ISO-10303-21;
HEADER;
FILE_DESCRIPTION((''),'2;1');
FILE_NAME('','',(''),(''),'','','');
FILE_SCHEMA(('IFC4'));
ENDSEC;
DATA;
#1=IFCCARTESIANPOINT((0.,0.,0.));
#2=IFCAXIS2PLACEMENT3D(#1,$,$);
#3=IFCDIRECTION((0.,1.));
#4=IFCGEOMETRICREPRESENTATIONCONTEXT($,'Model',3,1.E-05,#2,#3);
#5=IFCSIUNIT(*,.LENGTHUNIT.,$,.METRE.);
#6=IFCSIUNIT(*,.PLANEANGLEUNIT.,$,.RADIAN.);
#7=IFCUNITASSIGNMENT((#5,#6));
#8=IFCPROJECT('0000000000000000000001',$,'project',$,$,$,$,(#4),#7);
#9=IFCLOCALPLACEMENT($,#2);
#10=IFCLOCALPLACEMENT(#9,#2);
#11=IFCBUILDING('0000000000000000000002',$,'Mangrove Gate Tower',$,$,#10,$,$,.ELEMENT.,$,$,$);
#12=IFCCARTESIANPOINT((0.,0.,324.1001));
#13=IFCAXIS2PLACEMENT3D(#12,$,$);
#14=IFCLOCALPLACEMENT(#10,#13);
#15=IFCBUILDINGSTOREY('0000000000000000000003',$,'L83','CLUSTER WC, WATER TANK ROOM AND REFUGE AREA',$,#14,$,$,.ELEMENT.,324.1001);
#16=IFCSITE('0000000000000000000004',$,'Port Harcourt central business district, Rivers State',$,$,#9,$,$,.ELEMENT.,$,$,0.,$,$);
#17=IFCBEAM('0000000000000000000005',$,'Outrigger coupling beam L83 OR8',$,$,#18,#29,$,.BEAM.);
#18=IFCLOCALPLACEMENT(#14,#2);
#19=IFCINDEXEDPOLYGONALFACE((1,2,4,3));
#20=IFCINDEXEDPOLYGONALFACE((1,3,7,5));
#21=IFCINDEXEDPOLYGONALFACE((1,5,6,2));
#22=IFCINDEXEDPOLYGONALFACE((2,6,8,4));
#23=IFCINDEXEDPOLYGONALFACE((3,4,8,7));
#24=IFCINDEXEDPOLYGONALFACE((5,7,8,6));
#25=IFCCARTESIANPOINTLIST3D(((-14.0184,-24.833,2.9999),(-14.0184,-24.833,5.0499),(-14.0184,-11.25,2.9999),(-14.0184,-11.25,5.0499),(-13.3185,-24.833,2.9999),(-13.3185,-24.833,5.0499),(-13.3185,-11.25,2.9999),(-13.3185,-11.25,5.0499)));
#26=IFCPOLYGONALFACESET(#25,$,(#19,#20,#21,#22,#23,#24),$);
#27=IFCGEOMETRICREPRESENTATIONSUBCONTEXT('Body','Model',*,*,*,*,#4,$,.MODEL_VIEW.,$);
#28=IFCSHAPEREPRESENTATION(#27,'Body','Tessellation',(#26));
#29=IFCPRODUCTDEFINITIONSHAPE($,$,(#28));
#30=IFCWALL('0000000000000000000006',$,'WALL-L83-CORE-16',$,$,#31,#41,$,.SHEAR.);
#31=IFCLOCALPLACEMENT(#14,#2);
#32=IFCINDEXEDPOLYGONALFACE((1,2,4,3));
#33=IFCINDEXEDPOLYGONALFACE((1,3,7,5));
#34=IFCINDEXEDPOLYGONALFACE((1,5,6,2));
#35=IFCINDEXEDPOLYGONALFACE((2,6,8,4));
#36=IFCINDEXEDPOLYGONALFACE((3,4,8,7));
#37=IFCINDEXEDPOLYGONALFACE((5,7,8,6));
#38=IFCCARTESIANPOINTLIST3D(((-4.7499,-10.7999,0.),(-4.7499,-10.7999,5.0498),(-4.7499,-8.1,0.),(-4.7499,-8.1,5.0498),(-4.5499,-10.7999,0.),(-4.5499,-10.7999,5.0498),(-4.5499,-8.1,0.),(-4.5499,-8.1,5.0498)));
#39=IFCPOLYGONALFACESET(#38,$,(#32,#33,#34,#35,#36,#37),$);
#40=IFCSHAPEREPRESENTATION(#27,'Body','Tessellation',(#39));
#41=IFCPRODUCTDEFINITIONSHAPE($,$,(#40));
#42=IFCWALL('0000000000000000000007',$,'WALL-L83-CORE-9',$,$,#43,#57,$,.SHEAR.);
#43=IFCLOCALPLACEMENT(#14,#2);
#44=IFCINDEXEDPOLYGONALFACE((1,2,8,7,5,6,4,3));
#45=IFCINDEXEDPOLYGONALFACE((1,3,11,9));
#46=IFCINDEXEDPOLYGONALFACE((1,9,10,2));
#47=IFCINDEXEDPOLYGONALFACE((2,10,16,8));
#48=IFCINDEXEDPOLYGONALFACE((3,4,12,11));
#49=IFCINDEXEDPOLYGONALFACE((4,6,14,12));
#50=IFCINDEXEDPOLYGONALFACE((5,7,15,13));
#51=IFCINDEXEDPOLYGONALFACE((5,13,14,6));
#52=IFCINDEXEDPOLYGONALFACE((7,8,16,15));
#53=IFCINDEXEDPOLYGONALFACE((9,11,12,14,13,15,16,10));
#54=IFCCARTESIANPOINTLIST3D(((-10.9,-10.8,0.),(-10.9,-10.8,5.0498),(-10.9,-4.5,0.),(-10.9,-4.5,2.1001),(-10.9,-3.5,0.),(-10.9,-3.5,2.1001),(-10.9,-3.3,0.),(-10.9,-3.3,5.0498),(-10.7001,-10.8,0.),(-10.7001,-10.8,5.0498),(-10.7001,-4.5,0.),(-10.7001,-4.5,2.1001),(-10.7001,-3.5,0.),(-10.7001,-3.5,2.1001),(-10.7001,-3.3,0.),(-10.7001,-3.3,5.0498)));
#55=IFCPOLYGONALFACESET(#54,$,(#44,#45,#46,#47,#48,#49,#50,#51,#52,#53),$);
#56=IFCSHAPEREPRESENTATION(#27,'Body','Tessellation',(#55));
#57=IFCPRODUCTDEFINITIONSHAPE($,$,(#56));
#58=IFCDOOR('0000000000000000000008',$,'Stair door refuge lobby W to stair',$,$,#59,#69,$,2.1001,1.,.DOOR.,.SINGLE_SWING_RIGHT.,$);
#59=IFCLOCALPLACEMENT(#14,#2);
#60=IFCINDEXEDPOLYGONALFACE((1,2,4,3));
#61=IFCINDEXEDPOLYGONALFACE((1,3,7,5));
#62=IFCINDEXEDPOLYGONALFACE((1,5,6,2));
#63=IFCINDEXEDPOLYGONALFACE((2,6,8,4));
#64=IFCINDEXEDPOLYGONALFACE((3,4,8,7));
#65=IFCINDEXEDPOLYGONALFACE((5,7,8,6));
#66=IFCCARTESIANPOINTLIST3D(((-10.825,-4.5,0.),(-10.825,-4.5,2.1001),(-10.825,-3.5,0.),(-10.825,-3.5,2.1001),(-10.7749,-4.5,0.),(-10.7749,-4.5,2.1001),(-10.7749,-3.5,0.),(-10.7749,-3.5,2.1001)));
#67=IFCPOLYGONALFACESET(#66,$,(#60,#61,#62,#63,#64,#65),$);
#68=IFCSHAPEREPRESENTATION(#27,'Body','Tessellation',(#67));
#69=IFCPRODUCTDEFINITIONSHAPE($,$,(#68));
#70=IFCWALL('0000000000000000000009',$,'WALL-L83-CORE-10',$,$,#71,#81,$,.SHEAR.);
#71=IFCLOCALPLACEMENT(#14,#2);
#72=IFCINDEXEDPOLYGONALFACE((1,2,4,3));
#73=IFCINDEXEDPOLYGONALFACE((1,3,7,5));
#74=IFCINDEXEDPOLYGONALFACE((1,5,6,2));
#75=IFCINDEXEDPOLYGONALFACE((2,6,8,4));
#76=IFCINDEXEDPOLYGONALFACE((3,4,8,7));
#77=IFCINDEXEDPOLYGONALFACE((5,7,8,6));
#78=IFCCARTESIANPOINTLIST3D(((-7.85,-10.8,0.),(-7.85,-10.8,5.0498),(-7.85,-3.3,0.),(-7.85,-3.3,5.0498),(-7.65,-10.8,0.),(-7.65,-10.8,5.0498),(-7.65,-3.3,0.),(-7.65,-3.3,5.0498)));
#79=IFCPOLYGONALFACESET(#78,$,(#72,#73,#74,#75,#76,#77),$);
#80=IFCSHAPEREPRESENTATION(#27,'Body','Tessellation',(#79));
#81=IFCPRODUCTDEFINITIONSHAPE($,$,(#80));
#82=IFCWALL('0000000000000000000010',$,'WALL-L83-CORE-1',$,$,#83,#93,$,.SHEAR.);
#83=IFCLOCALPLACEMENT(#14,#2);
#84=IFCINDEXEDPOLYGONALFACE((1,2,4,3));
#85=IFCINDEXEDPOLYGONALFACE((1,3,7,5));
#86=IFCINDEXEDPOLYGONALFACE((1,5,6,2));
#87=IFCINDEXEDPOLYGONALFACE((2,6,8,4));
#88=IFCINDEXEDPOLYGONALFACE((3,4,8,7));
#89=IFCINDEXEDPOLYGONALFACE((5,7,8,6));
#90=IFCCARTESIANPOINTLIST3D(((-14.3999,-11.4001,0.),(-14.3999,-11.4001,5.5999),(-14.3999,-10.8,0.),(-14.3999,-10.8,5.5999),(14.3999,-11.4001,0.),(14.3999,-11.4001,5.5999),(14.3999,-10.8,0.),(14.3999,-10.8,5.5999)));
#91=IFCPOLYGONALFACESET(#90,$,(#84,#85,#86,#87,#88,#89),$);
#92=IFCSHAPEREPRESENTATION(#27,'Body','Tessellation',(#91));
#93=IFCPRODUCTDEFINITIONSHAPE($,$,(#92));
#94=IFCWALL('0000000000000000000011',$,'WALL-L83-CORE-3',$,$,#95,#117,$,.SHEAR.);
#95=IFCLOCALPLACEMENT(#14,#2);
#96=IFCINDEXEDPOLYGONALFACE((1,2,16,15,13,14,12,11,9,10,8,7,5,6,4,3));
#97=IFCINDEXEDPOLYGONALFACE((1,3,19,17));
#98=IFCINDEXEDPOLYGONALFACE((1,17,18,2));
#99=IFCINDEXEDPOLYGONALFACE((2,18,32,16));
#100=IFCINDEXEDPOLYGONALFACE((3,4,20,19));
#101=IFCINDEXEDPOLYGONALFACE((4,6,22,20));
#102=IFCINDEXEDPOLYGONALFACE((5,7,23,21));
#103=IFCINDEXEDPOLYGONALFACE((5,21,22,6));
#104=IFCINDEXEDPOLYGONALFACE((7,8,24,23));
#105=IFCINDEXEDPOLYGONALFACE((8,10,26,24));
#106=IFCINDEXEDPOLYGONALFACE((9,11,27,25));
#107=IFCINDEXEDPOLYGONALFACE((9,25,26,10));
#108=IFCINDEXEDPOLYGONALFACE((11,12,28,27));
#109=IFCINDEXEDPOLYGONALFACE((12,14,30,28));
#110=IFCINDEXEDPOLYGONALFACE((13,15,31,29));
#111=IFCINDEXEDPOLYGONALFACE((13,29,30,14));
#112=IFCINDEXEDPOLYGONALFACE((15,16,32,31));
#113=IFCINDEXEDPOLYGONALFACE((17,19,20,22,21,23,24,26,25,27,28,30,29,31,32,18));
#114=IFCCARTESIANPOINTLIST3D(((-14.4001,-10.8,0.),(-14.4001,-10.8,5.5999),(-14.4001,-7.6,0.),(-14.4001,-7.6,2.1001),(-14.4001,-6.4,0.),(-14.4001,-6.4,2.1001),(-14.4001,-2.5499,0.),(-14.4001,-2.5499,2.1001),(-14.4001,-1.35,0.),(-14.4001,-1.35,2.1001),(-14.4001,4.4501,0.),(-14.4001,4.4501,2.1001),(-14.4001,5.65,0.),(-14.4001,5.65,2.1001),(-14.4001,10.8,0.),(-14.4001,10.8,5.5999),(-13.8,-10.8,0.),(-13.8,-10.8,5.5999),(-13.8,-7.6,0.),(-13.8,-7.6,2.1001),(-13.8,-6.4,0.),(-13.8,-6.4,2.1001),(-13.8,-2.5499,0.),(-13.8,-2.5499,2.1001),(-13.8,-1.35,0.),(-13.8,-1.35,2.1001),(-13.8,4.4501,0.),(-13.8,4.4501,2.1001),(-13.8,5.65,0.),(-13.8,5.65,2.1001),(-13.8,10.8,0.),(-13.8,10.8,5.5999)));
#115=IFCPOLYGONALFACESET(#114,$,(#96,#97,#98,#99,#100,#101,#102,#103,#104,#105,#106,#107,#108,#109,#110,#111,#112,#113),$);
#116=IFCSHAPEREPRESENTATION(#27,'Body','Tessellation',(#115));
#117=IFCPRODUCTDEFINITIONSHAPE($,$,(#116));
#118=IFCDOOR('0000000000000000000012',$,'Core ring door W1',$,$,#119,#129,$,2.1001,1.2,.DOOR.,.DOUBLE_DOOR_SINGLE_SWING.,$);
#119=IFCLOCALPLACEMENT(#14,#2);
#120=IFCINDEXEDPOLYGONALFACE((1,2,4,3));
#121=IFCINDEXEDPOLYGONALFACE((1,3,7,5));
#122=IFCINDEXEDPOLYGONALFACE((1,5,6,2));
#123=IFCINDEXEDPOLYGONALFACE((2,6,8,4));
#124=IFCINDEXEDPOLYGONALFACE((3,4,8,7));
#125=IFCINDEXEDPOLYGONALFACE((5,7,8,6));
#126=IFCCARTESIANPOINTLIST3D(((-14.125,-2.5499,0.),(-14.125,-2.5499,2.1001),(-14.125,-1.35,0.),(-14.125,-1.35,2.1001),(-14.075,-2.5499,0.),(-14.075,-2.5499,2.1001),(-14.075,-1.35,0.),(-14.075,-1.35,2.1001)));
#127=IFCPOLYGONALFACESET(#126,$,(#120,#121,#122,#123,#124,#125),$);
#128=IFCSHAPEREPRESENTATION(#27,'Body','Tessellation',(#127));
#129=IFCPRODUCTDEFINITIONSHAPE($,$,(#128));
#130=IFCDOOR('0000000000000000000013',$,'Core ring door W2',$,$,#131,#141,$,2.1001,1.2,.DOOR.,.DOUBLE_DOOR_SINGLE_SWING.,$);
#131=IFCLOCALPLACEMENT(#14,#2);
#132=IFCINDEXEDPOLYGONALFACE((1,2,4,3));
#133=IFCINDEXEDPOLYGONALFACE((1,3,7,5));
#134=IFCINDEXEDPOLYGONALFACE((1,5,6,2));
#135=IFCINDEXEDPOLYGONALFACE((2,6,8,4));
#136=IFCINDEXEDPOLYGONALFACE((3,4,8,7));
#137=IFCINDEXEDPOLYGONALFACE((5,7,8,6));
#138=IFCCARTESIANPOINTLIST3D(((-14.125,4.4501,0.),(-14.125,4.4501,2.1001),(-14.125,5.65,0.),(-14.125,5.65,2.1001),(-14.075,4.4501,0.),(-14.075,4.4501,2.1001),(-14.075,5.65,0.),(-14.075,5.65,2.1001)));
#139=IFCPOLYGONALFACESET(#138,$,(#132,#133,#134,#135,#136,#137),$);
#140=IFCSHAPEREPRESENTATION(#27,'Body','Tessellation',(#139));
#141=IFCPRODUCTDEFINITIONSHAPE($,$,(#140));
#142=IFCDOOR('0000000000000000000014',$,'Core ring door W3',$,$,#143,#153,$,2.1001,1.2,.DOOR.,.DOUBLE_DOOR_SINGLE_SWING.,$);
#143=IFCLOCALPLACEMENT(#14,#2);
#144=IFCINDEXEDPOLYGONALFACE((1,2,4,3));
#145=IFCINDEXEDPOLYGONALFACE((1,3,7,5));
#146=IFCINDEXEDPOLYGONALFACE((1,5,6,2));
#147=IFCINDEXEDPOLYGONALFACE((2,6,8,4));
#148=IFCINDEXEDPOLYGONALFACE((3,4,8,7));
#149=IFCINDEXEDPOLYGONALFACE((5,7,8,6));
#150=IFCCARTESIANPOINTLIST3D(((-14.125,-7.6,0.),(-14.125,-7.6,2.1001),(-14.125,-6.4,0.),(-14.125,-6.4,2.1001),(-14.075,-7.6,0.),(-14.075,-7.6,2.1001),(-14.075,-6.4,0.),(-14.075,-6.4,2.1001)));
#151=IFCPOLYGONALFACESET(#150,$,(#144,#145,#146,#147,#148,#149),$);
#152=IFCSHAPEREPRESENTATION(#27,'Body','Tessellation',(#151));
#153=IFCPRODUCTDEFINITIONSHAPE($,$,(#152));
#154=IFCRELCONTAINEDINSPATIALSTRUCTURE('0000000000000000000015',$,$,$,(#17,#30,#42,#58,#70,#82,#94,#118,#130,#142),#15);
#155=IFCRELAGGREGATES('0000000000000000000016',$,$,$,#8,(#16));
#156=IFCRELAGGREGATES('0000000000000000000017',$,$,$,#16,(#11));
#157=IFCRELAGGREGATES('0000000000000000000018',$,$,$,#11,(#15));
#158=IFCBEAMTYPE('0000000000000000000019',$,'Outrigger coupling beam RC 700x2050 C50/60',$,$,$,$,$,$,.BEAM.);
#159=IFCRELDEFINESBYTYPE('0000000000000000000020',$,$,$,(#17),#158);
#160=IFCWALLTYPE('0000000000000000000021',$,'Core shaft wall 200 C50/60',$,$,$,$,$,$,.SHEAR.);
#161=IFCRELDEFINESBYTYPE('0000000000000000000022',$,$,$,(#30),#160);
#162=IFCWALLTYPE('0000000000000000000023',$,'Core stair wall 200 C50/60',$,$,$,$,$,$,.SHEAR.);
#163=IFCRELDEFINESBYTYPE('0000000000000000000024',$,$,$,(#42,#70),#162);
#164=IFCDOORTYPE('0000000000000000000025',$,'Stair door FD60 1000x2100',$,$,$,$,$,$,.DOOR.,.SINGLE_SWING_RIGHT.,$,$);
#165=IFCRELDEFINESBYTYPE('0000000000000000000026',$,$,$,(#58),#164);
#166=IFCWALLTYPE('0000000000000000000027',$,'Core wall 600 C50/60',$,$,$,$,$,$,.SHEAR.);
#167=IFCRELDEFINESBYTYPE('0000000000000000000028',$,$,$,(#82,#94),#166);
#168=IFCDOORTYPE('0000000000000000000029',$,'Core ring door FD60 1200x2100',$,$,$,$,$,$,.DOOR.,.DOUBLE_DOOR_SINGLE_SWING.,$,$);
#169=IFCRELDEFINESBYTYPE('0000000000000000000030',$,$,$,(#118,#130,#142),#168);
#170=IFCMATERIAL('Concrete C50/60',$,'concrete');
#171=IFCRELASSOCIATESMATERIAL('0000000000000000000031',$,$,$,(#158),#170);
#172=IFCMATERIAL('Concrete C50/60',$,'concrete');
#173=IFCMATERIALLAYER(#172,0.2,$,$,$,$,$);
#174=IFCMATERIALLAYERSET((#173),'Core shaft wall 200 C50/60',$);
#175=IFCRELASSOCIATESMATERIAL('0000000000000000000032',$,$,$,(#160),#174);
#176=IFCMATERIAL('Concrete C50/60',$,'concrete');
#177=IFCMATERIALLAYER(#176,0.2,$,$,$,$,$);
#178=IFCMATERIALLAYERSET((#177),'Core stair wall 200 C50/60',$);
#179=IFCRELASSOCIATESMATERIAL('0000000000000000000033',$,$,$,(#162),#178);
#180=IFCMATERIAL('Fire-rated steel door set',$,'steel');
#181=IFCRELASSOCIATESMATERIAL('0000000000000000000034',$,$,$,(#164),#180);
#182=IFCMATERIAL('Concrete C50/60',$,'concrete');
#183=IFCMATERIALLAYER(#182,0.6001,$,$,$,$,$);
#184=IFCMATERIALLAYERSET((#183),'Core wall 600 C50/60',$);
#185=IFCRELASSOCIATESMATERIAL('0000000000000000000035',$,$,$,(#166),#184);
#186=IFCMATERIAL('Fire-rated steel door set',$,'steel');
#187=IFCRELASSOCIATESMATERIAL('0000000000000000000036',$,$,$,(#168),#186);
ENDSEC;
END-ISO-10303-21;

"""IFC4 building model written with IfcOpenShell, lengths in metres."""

from ifc_helpers import new_model, si_unit, direction, frame, frame_2d, origin, origin_2d, place, context, subcontext, project, spatial, rectangle, extrude, material, layer, layer_set, material_profile, profile_set, type_object, element, fill, save


model = new_model("IFC4")

# Units and contexts
model_context = context("Model", 3, precision=1e-05, world=origin(), true_north=direction((0.0, 1.0)))
body_context = subcontext(model_context, "Body", "Model", "MODEL_VIEW")
ifc_project = project(units=[si_unit("LENGTHUNIT", "METRE"), si_unit("PLANEANGLEUNIT", "RADIAN")], contexts=[model_context])

# Site, building, storey
site_placement = place(None, origin())
site = spatial("IfcSite", under=ifc_project, at=site_placement, Name="Port Harcourt central business district, Rivers State", CompositionType="ELEMENT", RefElevation=0.0)
building_placement = place(site_placement, origin())
building = spatial("IfcBuilding", under=site, at=building_placement, Name="Mangrove Gate Tower", CompositionType="ELEMENT")
storey_placement = place(building_placement, frame((0.0, 0.0, 324.1001)))
storey = spatial("IfcBuildingStorey", under=building, at=storey_placement, Name="L83", Description="CLUSTER WC, WATER TANK ROOM AND REFUGE AREA", CompositionType="ELEMENT", Elevation=324.1001)

# Beam
ifc_material_1 = material(Name="Concrete C50/60", Category="concrete")
ifc_material_profile = material_profile(ifc_material_1, rectangle(XDim=0.7, YDim=2.05, at=origin_2d()))
ifc_profile_set = profile_set([ifc_material_profile], Name="Concrete C50/60")
beam_type = type_object("IfcBeamType", Name="Outrigger coupling beam RC 700x2050 C50/60", PredefinedType="BEAM", material=ifc_profile_set)
beam_placement = place(storey_placement, frame((-13.6685, -11.25, 4.0249), z_axis=(0.0, -1.0, 0.0), x_axis=(1.0, 0.0, 0.0)))
element("IfcBeam", 1, at=beam_placement, inside=storey, type_object=beam_type, Name="Outrigger coupling beam L83 OR8", PredefinedType="BEAM", context=body_context, shape_type="SweptSolid", body=[
    extrude(rectangle(XDim=0.7, YDim=2.05, at=origin_2d()), origin(), (0.0, 0.0, 1.0), 13.583),
])

# Wall
ifc_material_2 = material(Name="Concrete C50/60", Category="concrete")
ifc_layer_1 = layer(ifc_material_2, 0.2)
ifc_layer_set_1 = layer_set([ifc_layer_1], Name="Core shaft wall 200 C50/60")
wall_type_1 = type_object("IfcWallType", Name="Core shaft wall 200 C50/60", PredefinedType="SHEAR", material=ifc_layer_set_1)
wall_1_placement = place(storey_placement, frame((-4.6499, -10.8, 0.0), z_axis=(0.0, 0.0, 1.0), x_axis=(0.0, 1.0, 0.0)))
element("IfcWall", 2, at=wall_1_placement, inside=storey, type_object=wall_type_1, Name="WALL-L83-CORE-16", PredefinedType="SHEAR", context=body_context, shape_type="SweptSolid", body=[
    extrude(rectangle(XDim=2.7, YDim=0.2, at=frame_2d((1.3501, 0.0))), origin(), (0.0, 0.0, 1.0), 5.0498),
])

# Wall, opening, door
ifc_material_3 = material(Name="Concrete C50/60", Category="concrete")
ifc_layer_2 = layer(ifc_material_3, 0.2)
ifc_layer_set_2 = layer_set([ifc_layer_2], Name="Core stair wall 200 C50/60")
wall_type_2 = type_object("IfcWallType", Name="Core stair wall 200 C50/60", PredefinedType="SHEAR", material=ifc_layer_set_2)
wall_2_placement = place(storey_placement, frame((-10.8, -10.8, 0.0), z_axis=(0.0, 0.0, 1.0), x_axis=(0.0, 1.0, 0.0)))
wall_2 = element("IfcWall", 3, at=wall_2_placement, inside=storey, type_object=wall_type_2, Name="WALL-L83-CORE-9", PredefinedType="SHEAR", context=body_context, shape_type="SweptSolid", body=[
    extrude(rectangle(XDim=7.5, YDim=0.2, at=frame_2d((3.75, 0.0))), origin(), (0.0, 0.0, 1.0), 5.0498),
])
opening_1_placement = place(wall_2_placement, frame((6.3, 0.0, 0.0)))
opening_1 = element("IfcOpeningElement", 4, at=opening_1_placement, cuts=wall_2, PredefinedType="OPENING", context=body_context, shape_type="SweptSolid", body=[
    extrude(rectangle(XDim=1.0, YDim=2.1001, at=frame_2d((0.5, 1.05))), frame((0.0, 0.1099, 0.0), z_axis=(0.0, -1.0, 0.0), x_axis=(1.0, 0.0, 0.0)), (0.0, 0.0, 1.0), 0.22),
])
ifc_material_4 = material(Name="Fire-rated steel door set", Category="steel")
door_type_1 = type_object("IfcDoorType", Name="Stair door FD60 1000x2100", OperationType="SINGLE_SWING_RIGHT", PredefinedType="DOOR", material=ifc_material_4)
door_1_placement = place(opening_1_placement, origin())
door_1 = element("IfcDoor", 5, at=door_1_placement, inside=storey, type_object=door_type_1, Name="Stair door refuge lobby W to stair", OperationType="SINGLE_SWING_RIGHT", OverallHeight=2.1001, OverallWidth=1.0, PredefinedType="DOOR", context=body_context, shape_type="SweptSolid", body=[
    extrude(rectangle(XDim=1.0, YDim=2.1001, at=frame_2d((0.5, 1.05))), frame((0.0, 0.0249, 0.0), z_axis=(0.0, -1.0, 0.0), x_axis=(1.0, 0.0, 0.0)), (0.0, 0.0, 1.0), 0.05),
])
fill(opening_1, door_1)

# Walls
wall_3_placement = place(storey_placement, frame((-7.75, -10.8, 0.0), z_axis=(0.0, 0.0, 1.0), x_axis=(0.0, 1.0, 0.0)))
element("IfcWall", 6, at=wall_3_placement, inside=storey, type_object=wall_type_2, Name="WALL-L83-CORE-10", PredefinedType="SHEAR", context=body_context, shape_type="SweptSolid", body=[
    extrude(rectangle(XDim=7.5, YDim=0.2, at=frame_2d((3.75, 0.0))), origin(), (0.0, 0.0, 1.0), 5.0498),
])
ifc_material_5 = material(Name="Concrete C50/60", Category="concrete")
ifc_layer_3 = layer(ifc_material_5, 0.6001)
ifc_layer_set_3 = layer_set([ifc_layer_3], Name="Core wall 600 C50/60")
wall_type_3 = type_object("IfcWallType", Name="Core wall 600 C50/60", PredefinedType="SHEAR", material=ifc_layer_set_3)
wall_4_placement = place(storey_placement, frame((-14.3999, -11.1001, 0.0), z_axis=(0.0, 0.0, 1.0), x_axis=(1.0, 0.0, 0.0)))
element("IfcWall", 7, at=wall_4_placement, inside=storey, type_object=wall_type_3, Name="WALL-L83-CORE-1", PredefinedType="SHEAR", context=body_context, shape_type="SweptSolid", body=[
    extrude(rectangle(XDim=28.7998, YDim=0.6001, at=frame_2d((14.3999, 0.0))), origin(), (0.0, 0.0, 1.0), 5.5999),
])

# Wall, openings, doors
wall_5_placement = place(storey_placement, frame((-14.1001, -10.8, 0.0), z_axis=(0.0, 0.0, 1.0), x_axis=(0.0, 1.0, 0.0)))
wall_5 = element("IfcWall", 8, at=wall_5_placement, inside=storey, type_object=wall_type_3, Name="WALL-L83-CORE-3", PredefinedType="SHEAR", context=body_context, shape_type="SweptSolid", body=[
    extrude(rectangle(XDim=21.6001, YDim=0.6001, at=frame_2d((10.8, 0.0))), origin(), (0.0, 0.0, 1.0), 5.5999),
])
opening_2_placement = place(wall_5_placement, frame((8.25, 0.0, 0.0)))
opening_2 = element("IfcOpeningElement", 9, at=opening_2_placement, cuts=wall_5, PredefinedType="OPENING", context=body_context, shape_type="SweptSolid", body=[
    extrude(rectangle(XDim=1.2, YDim=2.1001, at=frame_2d((0.6001, 1.05))), frame((0.0, 0.3101, 0.0), z_axis=(0.0, -1.0, 0.0), x_axis=(1.0, 0.0, 0.0)), (0.0, 0.0, 1.0), 0.6201),
])
opening_3_placement = place(wall_5_placement, frame((15.25, 0.0, 0.0)))
opening_3 = element("IfcOpeningElement", 10, at=opening_3_placement, cuts=wall_5, PredefinedType="OPENING", context=body_context, shape_type="SweptSolid", body=[
    extrude(rectangle(XDim=1.2, YDim=2.1001, at=frame_2d((0.6001, 1.05))), frame((0.0, 0.3101, 0.0), z_axis=(0.0, -1.0, 0.0), x_axis=(1.0, 0.0, 0.0)), (0.0, 0.0, 1.0), 0.6201),
])
opening_4_placement = place(wall_5_placement, frame((3.2, 0.0, 0.0)))
opening_4 = element("IfcOpeningElement", 11, at=opening_4_placement, cuts=wall_5, PredefinedType="OPENING", context=body_context, shape_type="SweptSolid", body=[
    extrude(rectangle(XDim=1.2, YDim=2.1001, at=frame_2d((0.6001, 1.05))), frame((0.0, 0.3101, 0.0), z_axis=(0.0, -1.0, 0.0), x_axis=(1.0, 0.0, 0.0)), (0.0, 0.0, 1.0), 0.6201),
])
ifc_material_6 = material(Name="Fire-rated steel door set", Category="steel")
door_type_2 = type_object("IfcDoorType", Name="Core ring door FD60 1200x2100", OperationType="DOUBLE_DOOR_SINGLE_SWING", PredefinedType="DOOR", material=ifc_material_6)
door_2_placement = place(opening_2_placement, origin())
door_2 = element("IfcDoor", 12, at=door_2_placement, inside=storey, type_object=door_type_2, Name="Core ring door W1", OperationType="DOUBLE_DOOR_SINGLE_SWING", OverallHeight=2.1001, OverallWidth=1.2, PredefinedType="DOOR", context=body_context, shape_type="SweptSolid", body=[
    extrude(rectangle(XDim=1.2, YDim=2.1001, at=frame_2d((0.6001, 1.05))), frame((0.0, 0.0249, 0.0), z_axis=(0.0, -1.0, 0.0), x_axis=(1.0, 0.0, 0.0)), (0.0, 0.0, 1.0), 0.05),
])
fill(opening_2, door_2)
door_3_placement = place(opening_3_placement, origin())
door_3 = element("IfcDoor", 13, at=door_3_placement, inside=storey, type_object=door_type_2, Name="Core ring door W2", OperationType="DOUBLE_DOOR_SINGLE_SWING", OverallHeight=2.1001, OverallWidth=1.2, PredefinedType="DOOR", context=body_context, shape_type="SweptSolid", body=[
    extrude(rectangle(XDim=1.2, YDim=2.1001, at=frame_2d((0.6001, 1.05))), frame((0.0, 0.0249, 0.0), z_axis=(0.0, -1.0, 0.0), x_axis=(1.0, 0.0, 0.0)), (0.0, 0.0, 1.0), 0.05),
])
fill(opening_3, door_3)
door_4_placement = place(opening_4_placement, origin())
door_4 = element("IfcDoor", 14, at=door_4_placement, inside=storey, type_object=door_type_2, Name="Core ring door W3", OperationType="DOUBLE_DOOR_SINGLE_SWING", OverallHeight=2.1001, OverallWidth=1.2, PredefinedType="DOOR", context=body_context, shape_type="SweptSolid", body=[
    extrude(rectangle(XDim=1.2, YDim=2.1001, at=frame_2d((0.6001, 1.05))), frame((0.0, 0.0249, 0.0), z_axis=(0.0, -1.0, 0.0), x_axis=(1.0, 0.0, 0.0)), (0.0, 0.0, 1.0), 0.05),
])
fill(opening_4, door_4)

save(model, "model.ifc")
